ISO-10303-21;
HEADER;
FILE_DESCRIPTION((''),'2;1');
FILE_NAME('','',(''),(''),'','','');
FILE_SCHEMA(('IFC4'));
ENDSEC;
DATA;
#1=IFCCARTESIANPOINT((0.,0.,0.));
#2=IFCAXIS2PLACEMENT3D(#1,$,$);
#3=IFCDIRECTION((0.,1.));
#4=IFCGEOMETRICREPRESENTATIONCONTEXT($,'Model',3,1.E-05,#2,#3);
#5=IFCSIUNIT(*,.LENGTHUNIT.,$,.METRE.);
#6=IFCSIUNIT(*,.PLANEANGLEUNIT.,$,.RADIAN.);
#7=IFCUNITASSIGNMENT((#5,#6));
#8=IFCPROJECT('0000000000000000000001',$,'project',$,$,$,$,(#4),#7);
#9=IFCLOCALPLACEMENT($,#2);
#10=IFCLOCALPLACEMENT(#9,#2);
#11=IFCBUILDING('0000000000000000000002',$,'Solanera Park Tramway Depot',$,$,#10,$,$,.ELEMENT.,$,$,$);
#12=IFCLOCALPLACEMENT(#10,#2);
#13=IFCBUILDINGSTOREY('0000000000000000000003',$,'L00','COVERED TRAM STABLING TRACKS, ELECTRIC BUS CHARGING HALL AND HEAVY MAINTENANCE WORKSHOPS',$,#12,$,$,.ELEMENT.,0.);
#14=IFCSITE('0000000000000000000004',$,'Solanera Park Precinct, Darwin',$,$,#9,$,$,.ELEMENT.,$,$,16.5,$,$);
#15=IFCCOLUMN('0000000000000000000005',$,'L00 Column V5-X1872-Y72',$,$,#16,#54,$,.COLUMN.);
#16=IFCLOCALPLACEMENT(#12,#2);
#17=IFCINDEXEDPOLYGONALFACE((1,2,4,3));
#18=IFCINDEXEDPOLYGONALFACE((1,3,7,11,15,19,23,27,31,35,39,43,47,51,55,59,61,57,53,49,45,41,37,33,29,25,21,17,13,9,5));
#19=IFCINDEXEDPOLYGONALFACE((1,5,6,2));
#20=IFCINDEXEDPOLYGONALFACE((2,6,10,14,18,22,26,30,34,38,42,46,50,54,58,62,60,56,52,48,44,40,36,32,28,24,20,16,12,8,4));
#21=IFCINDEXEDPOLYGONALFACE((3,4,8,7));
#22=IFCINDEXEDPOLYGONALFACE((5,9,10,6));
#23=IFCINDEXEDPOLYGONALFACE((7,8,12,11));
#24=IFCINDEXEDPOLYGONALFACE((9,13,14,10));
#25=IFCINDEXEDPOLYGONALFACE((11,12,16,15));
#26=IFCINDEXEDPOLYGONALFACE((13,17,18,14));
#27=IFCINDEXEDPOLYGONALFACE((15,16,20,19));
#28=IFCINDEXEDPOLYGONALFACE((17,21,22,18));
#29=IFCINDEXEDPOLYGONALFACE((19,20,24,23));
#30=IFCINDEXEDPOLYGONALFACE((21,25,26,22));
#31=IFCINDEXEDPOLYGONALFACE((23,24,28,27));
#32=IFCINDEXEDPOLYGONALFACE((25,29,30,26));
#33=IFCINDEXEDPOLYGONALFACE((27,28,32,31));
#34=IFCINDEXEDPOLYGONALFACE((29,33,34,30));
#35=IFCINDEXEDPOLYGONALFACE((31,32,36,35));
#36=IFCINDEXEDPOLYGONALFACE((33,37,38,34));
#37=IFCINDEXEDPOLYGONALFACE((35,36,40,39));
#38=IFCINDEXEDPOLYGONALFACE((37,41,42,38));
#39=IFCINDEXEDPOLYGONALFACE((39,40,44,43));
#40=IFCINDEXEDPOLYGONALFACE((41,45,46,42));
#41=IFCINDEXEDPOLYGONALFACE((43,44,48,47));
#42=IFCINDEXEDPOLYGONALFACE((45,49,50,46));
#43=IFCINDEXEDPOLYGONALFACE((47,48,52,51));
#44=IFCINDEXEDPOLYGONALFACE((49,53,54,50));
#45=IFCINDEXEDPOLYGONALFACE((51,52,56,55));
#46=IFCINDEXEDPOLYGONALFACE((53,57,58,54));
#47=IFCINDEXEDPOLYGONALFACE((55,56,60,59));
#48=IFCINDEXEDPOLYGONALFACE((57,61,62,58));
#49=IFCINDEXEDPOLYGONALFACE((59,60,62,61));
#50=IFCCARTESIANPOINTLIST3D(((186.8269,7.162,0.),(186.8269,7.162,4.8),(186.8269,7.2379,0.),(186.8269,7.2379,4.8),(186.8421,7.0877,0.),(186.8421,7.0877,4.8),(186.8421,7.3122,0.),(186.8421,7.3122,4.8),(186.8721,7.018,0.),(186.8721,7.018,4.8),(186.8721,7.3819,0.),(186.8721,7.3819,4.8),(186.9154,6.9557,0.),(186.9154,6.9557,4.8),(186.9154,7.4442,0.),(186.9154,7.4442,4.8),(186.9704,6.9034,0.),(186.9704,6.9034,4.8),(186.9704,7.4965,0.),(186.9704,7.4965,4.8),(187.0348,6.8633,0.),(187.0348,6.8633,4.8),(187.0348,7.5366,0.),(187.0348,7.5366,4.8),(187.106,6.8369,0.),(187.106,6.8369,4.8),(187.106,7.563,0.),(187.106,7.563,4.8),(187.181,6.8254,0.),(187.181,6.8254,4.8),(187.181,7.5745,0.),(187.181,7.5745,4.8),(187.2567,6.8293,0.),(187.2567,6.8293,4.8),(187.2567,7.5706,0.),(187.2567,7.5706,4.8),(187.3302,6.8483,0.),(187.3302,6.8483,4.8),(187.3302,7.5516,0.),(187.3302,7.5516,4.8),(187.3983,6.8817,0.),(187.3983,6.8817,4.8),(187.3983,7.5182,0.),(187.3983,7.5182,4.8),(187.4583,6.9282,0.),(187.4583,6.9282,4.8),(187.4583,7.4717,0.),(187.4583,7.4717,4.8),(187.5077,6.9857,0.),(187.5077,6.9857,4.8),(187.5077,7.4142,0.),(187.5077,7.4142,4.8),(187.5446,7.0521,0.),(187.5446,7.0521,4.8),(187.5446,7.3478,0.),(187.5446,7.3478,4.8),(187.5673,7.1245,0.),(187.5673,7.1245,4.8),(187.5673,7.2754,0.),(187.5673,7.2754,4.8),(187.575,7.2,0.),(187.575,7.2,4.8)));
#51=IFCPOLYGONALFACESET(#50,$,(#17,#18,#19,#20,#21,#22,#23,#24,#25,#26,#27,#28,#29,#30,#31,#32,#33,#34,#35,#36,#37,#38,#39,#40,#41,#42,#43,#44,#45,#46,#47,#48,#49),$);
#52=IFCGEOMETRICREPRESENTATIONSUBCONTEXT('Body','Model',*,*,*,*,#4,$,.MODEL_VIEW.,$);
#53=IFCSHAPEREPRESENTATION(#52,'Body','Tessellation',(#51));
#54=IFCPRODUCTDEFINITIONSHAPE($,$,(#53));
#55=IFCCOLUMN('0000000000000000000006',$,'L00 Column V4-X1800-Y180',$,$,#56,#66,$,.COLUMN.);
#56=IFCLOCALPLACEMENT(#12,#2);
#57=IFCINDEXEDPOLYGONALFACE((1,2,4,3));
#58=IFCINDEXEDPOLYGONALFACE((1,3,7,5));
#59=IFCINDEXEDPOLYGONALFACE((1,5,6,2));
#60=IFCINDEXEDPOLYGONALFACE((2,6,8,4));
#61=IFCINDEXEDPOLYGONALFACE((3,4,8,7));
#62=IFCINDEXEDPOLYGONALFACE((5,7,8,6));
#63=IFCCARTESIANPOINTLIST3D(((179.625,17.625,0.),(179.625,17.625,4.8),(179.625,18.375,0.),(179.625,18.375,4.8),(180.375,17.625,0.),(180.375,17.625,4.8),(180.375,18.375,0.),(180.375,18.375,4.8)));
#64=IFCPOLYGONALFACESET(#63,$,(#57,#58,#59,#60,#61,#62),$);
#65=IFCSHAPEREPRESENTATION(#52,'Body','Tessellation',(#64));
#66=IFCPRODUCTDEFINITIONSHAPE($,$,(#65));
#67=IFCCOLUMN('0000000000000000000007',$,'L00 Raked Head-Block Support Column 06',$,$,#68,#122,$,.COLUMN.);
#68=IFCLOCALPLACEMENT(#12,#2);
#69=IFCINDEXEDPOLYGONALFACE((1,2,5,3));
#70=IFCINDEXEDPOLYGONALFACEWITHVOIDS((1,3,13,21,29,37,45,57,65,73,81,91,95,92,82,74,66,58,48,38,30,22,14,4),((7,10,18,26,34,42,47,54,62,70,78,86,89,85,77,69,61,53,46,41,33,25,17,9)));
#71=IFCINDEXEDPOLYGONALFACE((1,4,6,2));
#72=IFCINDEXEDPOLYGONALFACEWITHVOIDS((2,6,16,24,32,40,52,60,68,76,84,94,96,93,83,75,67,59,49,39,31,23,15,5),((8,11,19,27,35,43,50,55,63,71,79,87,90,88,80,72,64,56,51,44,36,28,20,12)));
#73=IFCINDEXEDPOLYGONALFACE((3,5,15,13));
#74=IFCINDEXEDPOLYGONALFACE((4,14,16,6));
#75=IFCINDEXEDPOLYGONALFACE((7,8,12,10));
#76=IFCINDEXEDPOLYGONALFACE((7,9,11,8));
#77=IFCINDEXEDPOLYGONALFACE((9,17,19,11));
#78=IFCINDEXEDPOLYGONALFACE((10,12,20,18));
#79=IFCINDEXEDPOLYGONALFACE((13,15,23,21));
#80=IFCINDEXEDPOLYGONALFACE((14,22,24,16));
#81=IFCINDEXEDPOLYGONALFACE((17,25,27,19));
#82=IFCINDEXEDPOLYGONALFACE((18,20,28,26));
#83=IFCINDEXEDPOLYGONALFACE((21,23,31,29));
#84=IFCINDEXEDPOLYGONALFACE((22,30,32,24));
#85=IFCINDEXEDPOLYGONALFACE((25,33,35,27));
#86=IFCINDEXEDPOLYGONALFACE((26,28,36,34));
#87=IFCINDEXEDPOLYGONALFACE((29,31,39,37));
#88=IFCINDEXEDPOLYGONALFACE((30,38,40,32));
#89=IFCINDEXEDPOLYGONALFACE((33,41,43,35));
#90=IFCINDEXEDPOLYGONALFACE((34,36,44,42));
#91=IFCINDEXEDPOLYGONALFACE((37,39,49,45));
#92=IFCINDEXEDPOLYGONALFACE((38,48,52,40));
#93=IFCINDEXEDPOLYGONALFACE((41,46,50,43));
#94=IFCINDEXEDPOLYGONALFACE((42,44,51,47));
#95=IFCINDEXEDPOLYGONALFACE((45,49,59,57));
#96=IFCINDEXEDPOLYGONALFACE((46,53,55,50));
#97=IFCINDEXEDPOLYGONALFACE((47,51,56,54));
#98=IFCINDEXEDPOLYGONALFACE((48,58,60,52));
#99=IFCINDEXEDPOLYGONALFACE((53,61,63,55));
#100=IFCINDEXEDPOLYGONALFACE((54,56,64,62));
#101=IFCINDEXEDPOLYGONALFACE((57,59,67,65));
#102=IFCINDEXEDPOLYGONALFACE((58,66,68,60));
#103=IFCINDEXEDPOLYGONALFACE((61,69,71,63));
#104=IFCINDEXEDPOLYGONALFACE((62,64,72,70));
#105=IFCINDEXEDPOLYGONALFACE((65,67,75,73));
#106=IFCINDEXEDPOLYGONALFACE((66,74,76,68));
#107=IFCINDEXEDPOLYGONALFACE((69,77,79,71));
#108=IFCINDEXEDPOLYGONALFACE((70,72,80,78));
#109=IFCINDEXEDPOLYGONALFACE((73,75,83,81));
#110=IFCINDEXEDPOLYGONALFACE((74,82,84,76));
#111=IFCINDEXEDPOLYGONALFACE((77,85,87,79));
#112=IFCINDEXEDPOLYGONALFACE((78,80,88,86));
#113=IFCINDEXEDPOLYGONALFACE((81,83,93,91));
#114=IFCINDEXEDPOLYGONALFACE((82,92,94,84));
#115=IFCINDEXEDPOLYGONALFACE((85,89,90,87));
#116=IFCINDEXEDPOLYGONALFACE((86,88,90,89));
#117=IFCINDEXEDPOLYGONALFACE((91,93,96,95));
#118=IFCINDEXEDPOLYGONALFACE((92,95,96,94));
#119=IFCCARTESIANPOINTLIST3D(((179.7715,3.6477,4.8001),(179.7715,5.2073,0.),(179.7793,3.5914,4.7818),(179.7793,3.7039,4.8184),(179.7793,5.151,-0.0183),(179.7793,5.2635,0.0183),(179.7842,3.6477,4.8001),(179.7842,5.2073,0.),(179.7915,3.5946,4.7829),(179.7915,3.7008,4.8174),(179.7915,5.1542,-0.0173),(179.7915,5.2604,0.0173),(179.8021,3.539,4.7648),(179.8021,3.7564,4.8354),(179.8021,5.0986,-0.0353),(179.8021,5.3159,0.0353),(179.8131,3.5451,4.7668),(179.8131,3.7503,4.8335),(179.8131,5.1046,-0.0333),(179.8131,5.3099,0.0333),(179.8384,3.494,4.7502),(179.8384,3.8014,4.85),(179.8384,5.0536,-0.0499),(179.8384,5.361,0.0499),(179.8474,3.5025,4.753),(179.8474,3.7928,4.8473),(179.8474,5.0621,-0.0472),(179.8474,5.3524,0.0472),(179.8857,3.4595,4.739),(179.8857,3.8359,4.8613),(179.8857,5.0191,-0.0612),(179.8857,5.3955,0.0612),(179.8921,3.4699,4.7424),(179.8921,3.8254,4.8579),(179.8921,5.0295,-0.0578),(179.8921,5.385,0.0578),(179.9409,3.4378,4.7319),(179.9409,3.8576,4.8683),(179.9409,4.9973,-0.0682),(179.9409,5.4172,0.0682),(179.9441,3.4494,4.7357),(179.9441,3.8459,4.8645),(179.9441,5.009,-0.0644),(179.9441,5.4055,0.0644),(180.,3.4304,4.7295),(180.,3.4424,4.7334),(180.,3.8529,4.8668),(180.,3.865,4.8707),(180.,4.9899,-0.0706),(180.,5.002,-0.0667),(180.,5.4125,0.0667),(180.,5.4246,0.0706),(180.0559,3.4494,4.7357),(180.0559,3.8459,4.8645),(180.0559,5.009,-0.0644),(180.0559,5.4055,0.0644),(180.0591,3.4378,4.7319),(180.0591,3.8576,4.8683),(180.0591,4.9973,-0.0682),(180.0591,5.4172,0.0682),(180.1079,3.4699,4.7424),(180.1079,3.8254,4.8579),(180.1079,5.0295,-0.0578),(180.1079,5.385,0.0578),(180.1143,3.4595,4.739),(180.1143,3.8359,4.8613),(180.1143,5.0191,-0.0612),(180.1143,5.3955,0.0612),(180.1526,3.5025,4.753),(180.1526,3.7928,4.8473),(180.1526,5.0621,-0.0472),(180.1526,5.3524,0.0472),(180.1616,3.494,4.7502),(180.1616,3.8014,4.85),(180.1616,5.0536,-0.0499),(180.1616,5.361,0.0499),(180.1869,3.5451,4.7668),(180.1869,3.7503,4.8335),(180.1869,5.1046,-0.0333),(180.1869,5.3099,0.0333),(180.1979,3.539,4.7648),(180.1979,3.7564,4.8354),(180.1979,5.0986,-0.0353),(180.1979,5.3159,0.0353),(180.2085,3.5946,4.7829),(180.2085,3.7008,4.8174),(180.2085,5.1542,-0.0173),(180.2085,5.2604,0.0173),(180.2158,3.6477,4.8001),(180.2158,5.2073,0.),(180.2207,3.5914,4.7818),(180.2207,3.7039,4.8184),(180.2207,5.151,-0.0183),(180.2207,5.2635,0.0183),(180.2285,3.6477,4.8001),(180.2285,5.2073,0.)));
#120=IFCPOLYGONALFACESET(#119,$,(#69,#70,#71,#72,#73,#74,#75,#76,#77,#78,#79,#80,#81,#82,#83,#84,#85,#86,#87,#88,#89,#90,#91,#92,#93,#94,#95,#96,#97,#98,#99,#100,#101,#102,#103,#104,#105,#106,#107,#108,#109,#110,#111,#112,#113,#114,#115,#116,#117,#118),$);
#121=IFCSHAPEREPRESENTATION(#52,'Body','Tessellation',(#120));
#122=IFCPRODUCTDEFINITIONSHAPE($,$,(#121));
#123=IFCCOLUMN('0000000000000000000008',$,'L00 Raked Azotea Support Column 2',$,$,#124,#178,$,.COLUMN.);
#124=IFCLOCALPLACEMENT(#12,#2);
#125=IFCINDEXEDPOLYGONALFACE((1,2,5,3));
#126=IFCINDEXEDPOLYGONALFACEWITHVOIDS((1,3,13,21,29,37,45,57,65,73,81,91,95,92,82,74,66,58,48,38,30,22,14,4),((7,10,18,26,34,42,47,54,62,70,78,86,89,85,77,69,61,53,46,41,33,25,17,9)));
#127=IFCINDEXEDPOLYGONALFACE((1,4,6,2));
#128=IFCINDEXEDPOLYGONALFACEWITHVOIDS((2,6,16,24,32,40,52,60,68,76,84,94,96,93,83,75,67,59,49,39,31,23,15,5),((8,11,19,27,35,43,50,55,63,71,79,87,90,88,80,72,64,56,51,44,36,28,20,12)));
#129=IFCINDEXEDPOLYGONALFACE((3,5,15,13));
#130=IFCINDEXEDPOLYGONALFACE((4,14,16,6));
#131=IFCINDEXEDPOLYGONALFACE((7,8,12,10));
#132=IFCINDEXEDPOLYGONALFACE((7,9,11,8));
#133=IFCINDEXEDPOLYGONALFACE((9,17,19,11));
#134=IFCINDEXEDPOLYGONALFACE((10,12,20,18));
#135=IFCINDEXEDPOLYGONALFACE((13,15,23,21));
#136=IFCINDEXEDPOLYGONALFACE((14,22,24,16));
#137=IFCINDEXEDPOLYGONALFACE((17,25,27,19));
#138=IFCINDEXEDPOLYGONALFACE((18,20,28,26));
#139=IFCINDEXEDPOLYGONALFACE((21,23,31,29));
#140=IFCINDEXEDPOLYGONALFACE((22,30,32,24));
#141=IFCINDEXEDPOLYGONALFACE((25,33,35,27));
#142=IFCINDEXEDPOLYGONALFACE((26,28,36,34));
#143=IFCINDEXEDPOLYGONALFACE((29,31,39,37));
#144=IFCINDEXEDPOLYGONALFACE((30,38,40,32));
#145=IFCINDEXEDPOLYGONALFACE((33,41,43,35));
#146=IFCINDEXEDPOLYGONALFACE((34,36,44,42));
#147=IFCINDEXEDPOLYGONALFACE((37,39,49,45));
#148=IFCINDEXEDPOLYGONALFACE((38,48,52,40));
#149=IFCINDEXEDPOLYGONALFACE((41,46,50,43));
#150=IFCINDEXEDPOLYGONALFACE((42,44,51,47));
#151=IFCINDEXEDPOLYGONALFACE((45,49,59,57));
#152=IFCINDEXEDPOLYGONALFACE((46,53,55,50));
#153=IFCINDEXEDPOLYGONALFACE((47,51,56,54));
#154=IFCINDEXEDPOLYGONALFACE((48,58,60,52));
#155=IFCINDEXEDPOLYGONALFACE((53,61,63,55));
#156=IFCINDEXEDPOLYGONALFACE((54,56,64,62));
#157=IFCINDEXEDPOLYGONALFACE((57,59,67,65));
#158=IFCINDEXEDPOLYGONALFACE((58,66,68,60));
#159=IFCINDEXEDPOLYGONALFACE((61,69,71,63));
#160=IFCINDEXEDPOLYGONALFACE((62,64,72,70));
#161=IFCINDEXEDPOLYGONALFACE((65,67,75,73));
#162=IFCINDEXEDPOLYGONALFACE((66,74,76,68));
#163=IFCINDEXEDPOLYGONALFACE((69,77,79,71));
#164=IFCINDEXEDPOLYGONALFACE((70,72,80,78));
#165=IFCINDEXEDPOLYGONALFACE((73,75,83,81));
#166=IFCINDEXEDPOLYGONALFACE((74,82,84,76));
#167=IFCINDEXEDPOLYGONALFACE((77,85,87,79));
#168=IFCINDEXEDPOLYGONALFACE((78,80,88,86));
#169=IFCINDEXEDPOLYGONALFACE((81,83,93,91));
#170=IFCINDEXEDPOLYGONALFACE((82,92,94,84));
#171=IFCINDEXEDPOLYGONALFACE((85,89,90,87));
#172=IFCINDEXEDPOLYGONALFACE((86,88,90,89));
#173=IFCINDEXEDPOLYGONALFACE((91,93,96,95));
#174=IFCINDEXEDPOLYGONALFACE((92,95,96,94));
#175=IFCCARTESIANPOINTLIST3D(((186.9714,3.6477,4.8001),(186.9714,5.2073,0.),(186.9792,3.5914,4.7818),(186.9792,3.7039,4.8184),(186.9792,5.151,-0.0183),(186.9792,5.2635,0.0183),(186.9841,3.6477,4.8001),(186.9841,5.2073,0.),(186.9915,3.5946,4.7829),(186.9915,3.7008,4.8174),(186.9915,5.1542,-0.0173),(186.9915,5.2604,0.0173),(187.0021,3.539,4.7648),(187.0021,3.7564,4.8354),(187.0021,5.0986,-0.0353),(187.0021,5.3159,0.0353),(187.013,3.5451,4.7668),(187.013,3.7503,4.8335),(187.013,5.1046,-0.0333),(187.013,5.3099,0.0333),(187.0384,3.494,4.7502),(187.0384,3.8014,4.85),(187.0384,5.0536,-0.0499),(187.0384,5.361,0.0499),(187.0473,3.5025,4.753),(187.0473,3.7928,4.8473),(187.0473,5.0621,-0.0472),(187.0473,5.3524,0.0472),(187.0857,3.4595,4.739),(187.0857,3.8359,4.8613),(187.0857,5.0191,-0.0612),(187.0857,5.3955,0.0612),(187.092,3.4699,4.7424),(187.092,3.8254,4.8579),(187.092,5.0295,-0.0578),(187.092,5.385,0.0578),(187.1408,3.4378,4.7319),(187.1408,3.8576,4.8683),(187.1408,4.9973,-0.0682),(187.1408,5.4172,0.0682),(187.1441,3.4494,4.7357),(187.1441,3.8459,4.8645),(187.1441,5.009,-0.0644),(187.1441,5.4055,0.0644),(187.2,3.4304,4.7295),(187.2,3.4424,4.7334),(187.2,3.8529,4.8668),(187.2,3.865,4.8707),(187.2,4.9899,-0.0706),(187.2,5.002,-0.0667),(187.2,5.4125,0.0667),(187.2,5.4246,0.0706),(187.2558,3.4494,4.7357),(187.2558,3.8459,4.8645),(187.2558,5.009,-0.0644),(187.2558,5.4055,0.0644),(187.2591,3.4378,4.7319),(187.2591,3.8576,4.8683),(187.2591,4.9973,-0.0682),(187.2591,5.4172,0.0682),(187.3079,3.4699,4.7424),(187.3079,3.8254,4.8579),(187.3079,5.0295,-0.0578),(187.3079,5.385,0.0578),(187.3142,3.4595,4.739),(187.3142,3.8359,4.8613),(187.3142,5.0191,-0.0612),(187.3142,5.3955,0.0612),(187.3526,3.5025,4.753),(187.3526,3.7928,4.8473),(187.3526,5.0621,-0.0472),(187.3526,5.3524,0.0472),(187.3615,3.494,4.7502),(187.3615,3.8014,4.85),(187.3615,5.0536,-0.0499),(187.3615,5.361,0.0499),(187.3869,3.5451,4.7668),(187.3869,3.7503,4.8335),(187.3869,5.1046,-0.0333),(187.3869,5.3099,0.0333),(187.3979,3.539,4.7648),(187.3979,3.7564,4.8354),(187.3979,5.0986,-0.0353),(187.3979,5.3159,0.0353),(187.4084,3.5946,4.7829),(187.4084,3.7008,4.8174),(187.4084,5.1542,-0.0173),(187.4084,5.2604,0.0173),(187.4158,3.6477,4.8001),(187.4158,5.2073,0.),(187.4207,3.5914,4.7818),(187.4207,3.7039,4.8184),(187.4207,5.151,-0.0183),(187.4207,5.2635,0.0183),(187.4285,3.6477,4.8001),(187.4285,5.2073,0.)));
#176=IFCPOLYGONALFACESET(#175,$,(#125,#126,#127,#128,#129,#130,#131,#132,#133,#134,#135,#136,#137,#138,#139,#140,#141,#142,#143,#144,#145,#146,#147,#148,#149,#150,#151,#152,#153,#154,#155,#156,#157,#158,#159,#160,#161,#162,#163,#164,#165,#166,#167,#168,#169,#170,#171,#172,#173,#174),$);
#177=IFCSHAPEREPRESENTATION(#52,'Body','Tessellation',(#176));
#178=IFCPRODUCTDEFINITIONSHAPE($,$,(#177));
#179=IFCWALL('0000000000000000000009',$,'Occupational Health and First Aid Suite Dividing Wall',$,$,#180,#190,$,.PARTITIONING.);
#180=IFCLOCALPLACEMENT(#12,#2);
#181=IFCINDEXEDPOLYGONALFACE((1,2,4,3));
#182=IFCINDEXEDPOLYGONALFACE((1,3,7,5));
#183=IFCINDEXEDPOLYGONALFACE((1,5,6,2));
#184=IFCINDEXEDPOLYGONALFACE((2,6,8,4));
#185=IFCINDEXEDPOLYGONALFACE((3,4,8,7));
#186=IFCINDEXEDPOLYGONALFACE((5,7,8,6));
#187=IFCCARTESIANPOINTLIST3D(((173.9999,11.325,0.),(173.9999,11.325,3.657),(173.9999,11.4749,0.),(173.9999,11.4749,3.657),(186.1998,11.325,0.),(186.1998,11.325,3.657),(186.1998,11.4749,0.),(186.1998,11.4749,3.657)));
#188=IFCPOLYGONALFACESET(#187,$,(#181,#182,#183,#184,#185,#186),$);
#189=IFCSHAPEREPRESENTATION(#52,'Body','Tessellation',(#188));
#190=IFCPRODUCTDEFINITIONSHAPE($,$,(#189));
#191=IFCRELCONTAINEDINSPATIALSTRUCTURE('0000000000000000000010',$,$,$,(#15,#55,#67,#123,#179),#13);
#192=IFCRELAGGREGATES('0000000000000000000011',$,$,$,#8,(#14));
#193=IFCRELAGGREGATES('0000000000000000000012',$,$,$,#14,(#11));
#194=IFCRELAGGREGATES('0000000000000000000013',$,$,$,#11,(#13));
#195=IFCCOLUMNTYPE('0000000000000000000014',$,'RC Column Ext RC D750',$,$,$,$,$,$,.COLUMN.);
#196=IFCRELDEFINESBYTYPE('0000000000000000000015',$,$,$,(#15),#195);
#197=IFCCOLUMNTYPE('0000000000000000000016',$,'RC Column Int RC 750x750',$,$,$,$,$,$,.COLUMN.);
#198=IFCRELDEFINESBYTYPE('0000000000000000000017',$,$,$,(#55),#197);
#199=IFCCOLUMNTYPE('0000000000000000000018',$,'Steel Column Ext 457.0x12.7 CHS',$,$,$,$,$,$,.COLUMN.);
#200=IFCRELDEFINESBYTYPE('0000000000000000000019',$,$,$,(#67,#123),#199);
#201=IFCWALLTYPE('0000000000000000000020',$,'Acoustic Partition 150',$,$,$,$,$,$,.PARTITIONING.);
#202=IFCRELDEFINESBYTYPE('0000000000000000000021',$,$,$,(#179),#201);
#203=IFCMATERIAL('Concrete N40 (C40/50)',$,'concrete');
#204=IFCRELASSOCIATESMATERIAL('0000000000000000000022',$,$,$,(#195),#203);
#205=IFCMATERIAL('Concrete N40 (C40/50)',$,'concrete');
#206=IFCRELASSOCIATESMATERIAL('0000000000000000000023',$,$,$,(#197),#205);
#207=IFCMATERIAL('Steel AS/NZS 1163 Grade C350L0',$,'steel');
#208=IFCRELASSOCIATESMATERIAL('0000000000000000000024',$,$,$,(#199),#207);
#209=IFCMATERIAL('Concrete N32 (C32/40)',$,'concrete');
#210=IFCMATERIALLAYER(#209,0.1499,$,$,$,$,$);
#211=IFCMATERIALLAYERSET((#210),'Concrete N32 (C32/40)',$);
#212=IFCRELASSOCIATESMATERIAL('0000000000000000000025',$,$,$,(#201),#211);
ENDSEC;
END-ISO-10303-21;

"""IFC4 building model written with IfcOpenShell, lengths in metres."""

from ifc_helpers import new_model, si_unit, direction, frame, frame_2d, origin, origin_2d, place, context, subcontext, project, spatial, rectangle, circle, hollow_circle, extrude, material, layer, layer_set, material_profile, profile_set, type_object, element, save


model = new_model("IFC4")

# Units and contexts
model_context = context("Model", 3, precision=1e-05, world=origin(), true_north=direction((0.0, 1.0)))
body_context = subcontext(model_context, "Body", "Model", "MODEL_VIEW")
ifc_project = project(units=[si_unit("LENGTHUNIT", "METRE"), si_unit("PLANEANGLEUNIT", "RADIAN")], contexts=[model_context])

# Site, building, storey
site_placement = place(None, origin())
site = spatial("IfcSite", under=ifc_project, at=site_placement, Name="Solanera Park Precinct, Darwin", CompositionType="ELEMENT", RefElevation=16.5)
building_placement = place(site_placement, origin())
building = spatial("IfcBuilding", under=site, at=building_placement, Name="Solanera Park Tramway Depot", CompositionType="ELEMENT")
storey_placement = place(building_placement, origin())
storey = spatial("IfcBuildingStorey", under=building, at=storey_placement, Name="L00", Description="COVERED TRAM STABLING TRACKS, ELECTRIC BUS CHARGING HALL AND HEAVY MAINTENANCE WORKSHOPS", CompositionType="ELEMENT", Elevation=0.0)

# Columns
ifc_material_1 = material(Name="Concrete N40 (C40/50)", Category="concrete")
ifc_material_profile_1 = material_profile(ifc_material_1, circle(Radius=0.375, at=origin_2d()), Name="RC D750")
ifc_profile_set_1 = profile_set([ifc_material_profile_1], Name="Concrete N40 (C40/50)")
column_type_1 = type_object("IfcColumnType", Name="RC Column Ext RC D750", PredefinedType="COLUMN", material=ifc_profile_set_1)
column_1_placement = place(storey_placement, frame((187.2, 7.2, 0.0), z_axis=(0.0, 0.0, 1.0), x_axis=(1.0, 0.0, 0.0)))
element("IfcColumn", 1, at=column_1_placement, inside=storey, type_object=column_type_1, Name="L00 Column V5-X1872-Y72", PredefinedType="COLUMN", context=body_context, shape_type="SweptSolid", body=[
    extrude(circle(Radius=0.375, at=origin_2d()), origin(), (0.0, 0.0, 1.0), 4.8),
])
ifc_material_2 = material(Name="Concrete N40 (C40/50)", Category="concrete")
ifc_material_profile_2 = material_profile(ifc_material_2, rectangle(XDim=0.75, YDim=0.75, at=origin_2d()), Name="RC 750x750")
ifc_profile_set_2 = profile_set([ifc_material_profile_2], Name="Concrete N40 (C40/50)")
column_type_2 = type_object("IfcColumnType", Name="RC Column Int RC 750x750", PredefinedType="COLUMN", material=ifc_profile_set_2)
column_2_placement = place(storey_placement, frame((180.0, 18.0, 0.0), z_axis=(0.0, 0.0, 1.0), x_axis=(1.0, 0.0, 0.0)))
element("IfcColumn", 2, at=column_2_placement, inside=storey, type_object=column_type_2, Name="L00 Column V4-X1800-Y180", PredefinedType="COLUMN", context=body_context, shape_type="SweptSolid", body=[
    extrude(rectangle(XDim=0.75, YDim=0.75, at=origin_2d()), origin(), (0.0, 0.0, 1.0), 4.8),
])
ifc_material_3 = material(Name="Steel AS/NZS 1163 Grade C350L0", Category="steel")
ifc_material_profile_3 = material_profile(ifc_material_3, hollow_circle(Radius=0.2285, WallThickness=0.0127, at=origin_2d()), Name="457.0x12.7 CHS")
ifc_profile_set_3 = profile_set([ifc_material_profile_3], Name="Steel AS/NZS 1163 Grade C350L0")
column_type_3 = type_object("IfcColumnType", Name="Steel Column Ext 457.0x12.7 CHS", PredefinedType="COLUMN", material=ifc_profile_set_3)
for number, where, z_axis, x_axis, name in (
    (3, (180.0, 5.2073, 0.0), (0.0, -0.309006, 0.95106), (1.0, 0.0, 0.0), "L00 Raked Head-Block Support Column 06"),
    (4, (187.2, 5.2073, 0.0), (0.0, -0.309006, 0.95106), (1.0, 0.0, 0.0), "L00 Raked Azotea Support Column 2"),
):
    element("IfcColumn", number, at=place(storey_placement, frame(where, z_axis=z_axis, x_axis=x_axis)), inside=storey, type_object=column_type_3, Name=name, PredefinedType="COLUMN", context=body_context, shape_type="SweptSolid", body=[
        extrude(hollow_circle(Radius=0.2285, WallThickness=0.0127, at=origin_2d()), origin(), (0.0, 0.0, 1.0), 5.0471),
    ])

# Wall
ifc_material_4 = material(Name="Concrete N32 (C32/40)", Category="concrete")
ifc_layer_1 = layer(ifc_material_4, 0.1499)
ifc_layer_set_1 = layer_set([ifc_layer_1], Name="Concrete N32 (C32/40)")
wall_type_1 = type_object("IfcWallType", Name="Acoustic Partition 150", PredefinedType="PARTITIONING", material=ifc_layer_set_1)
wall_1_placement = place(storey_placement, frame((186.2, 11.3999, 0.0), z_axis=(0.0, 0.0, 1.0), x_axis=(-1.0, 0.0, 0.0)))
element("IfcWall", 5, at=wall_1_placement, inside=storey, type_object=wall_type_1, Name="Occupational Health and First Aid Suite Dividing Wall", PredefinedType="PARTITIONING", context=body_context, shape_type="SweptSolid", body=[
    extrude(rectangle(XDim=12.2, YDim=0.1499, at=frame_2d((6.1001, 0.0))), origin(), (0.0, 0.0, 1.0), 3.657),
])

save(model, "model.ifc")
